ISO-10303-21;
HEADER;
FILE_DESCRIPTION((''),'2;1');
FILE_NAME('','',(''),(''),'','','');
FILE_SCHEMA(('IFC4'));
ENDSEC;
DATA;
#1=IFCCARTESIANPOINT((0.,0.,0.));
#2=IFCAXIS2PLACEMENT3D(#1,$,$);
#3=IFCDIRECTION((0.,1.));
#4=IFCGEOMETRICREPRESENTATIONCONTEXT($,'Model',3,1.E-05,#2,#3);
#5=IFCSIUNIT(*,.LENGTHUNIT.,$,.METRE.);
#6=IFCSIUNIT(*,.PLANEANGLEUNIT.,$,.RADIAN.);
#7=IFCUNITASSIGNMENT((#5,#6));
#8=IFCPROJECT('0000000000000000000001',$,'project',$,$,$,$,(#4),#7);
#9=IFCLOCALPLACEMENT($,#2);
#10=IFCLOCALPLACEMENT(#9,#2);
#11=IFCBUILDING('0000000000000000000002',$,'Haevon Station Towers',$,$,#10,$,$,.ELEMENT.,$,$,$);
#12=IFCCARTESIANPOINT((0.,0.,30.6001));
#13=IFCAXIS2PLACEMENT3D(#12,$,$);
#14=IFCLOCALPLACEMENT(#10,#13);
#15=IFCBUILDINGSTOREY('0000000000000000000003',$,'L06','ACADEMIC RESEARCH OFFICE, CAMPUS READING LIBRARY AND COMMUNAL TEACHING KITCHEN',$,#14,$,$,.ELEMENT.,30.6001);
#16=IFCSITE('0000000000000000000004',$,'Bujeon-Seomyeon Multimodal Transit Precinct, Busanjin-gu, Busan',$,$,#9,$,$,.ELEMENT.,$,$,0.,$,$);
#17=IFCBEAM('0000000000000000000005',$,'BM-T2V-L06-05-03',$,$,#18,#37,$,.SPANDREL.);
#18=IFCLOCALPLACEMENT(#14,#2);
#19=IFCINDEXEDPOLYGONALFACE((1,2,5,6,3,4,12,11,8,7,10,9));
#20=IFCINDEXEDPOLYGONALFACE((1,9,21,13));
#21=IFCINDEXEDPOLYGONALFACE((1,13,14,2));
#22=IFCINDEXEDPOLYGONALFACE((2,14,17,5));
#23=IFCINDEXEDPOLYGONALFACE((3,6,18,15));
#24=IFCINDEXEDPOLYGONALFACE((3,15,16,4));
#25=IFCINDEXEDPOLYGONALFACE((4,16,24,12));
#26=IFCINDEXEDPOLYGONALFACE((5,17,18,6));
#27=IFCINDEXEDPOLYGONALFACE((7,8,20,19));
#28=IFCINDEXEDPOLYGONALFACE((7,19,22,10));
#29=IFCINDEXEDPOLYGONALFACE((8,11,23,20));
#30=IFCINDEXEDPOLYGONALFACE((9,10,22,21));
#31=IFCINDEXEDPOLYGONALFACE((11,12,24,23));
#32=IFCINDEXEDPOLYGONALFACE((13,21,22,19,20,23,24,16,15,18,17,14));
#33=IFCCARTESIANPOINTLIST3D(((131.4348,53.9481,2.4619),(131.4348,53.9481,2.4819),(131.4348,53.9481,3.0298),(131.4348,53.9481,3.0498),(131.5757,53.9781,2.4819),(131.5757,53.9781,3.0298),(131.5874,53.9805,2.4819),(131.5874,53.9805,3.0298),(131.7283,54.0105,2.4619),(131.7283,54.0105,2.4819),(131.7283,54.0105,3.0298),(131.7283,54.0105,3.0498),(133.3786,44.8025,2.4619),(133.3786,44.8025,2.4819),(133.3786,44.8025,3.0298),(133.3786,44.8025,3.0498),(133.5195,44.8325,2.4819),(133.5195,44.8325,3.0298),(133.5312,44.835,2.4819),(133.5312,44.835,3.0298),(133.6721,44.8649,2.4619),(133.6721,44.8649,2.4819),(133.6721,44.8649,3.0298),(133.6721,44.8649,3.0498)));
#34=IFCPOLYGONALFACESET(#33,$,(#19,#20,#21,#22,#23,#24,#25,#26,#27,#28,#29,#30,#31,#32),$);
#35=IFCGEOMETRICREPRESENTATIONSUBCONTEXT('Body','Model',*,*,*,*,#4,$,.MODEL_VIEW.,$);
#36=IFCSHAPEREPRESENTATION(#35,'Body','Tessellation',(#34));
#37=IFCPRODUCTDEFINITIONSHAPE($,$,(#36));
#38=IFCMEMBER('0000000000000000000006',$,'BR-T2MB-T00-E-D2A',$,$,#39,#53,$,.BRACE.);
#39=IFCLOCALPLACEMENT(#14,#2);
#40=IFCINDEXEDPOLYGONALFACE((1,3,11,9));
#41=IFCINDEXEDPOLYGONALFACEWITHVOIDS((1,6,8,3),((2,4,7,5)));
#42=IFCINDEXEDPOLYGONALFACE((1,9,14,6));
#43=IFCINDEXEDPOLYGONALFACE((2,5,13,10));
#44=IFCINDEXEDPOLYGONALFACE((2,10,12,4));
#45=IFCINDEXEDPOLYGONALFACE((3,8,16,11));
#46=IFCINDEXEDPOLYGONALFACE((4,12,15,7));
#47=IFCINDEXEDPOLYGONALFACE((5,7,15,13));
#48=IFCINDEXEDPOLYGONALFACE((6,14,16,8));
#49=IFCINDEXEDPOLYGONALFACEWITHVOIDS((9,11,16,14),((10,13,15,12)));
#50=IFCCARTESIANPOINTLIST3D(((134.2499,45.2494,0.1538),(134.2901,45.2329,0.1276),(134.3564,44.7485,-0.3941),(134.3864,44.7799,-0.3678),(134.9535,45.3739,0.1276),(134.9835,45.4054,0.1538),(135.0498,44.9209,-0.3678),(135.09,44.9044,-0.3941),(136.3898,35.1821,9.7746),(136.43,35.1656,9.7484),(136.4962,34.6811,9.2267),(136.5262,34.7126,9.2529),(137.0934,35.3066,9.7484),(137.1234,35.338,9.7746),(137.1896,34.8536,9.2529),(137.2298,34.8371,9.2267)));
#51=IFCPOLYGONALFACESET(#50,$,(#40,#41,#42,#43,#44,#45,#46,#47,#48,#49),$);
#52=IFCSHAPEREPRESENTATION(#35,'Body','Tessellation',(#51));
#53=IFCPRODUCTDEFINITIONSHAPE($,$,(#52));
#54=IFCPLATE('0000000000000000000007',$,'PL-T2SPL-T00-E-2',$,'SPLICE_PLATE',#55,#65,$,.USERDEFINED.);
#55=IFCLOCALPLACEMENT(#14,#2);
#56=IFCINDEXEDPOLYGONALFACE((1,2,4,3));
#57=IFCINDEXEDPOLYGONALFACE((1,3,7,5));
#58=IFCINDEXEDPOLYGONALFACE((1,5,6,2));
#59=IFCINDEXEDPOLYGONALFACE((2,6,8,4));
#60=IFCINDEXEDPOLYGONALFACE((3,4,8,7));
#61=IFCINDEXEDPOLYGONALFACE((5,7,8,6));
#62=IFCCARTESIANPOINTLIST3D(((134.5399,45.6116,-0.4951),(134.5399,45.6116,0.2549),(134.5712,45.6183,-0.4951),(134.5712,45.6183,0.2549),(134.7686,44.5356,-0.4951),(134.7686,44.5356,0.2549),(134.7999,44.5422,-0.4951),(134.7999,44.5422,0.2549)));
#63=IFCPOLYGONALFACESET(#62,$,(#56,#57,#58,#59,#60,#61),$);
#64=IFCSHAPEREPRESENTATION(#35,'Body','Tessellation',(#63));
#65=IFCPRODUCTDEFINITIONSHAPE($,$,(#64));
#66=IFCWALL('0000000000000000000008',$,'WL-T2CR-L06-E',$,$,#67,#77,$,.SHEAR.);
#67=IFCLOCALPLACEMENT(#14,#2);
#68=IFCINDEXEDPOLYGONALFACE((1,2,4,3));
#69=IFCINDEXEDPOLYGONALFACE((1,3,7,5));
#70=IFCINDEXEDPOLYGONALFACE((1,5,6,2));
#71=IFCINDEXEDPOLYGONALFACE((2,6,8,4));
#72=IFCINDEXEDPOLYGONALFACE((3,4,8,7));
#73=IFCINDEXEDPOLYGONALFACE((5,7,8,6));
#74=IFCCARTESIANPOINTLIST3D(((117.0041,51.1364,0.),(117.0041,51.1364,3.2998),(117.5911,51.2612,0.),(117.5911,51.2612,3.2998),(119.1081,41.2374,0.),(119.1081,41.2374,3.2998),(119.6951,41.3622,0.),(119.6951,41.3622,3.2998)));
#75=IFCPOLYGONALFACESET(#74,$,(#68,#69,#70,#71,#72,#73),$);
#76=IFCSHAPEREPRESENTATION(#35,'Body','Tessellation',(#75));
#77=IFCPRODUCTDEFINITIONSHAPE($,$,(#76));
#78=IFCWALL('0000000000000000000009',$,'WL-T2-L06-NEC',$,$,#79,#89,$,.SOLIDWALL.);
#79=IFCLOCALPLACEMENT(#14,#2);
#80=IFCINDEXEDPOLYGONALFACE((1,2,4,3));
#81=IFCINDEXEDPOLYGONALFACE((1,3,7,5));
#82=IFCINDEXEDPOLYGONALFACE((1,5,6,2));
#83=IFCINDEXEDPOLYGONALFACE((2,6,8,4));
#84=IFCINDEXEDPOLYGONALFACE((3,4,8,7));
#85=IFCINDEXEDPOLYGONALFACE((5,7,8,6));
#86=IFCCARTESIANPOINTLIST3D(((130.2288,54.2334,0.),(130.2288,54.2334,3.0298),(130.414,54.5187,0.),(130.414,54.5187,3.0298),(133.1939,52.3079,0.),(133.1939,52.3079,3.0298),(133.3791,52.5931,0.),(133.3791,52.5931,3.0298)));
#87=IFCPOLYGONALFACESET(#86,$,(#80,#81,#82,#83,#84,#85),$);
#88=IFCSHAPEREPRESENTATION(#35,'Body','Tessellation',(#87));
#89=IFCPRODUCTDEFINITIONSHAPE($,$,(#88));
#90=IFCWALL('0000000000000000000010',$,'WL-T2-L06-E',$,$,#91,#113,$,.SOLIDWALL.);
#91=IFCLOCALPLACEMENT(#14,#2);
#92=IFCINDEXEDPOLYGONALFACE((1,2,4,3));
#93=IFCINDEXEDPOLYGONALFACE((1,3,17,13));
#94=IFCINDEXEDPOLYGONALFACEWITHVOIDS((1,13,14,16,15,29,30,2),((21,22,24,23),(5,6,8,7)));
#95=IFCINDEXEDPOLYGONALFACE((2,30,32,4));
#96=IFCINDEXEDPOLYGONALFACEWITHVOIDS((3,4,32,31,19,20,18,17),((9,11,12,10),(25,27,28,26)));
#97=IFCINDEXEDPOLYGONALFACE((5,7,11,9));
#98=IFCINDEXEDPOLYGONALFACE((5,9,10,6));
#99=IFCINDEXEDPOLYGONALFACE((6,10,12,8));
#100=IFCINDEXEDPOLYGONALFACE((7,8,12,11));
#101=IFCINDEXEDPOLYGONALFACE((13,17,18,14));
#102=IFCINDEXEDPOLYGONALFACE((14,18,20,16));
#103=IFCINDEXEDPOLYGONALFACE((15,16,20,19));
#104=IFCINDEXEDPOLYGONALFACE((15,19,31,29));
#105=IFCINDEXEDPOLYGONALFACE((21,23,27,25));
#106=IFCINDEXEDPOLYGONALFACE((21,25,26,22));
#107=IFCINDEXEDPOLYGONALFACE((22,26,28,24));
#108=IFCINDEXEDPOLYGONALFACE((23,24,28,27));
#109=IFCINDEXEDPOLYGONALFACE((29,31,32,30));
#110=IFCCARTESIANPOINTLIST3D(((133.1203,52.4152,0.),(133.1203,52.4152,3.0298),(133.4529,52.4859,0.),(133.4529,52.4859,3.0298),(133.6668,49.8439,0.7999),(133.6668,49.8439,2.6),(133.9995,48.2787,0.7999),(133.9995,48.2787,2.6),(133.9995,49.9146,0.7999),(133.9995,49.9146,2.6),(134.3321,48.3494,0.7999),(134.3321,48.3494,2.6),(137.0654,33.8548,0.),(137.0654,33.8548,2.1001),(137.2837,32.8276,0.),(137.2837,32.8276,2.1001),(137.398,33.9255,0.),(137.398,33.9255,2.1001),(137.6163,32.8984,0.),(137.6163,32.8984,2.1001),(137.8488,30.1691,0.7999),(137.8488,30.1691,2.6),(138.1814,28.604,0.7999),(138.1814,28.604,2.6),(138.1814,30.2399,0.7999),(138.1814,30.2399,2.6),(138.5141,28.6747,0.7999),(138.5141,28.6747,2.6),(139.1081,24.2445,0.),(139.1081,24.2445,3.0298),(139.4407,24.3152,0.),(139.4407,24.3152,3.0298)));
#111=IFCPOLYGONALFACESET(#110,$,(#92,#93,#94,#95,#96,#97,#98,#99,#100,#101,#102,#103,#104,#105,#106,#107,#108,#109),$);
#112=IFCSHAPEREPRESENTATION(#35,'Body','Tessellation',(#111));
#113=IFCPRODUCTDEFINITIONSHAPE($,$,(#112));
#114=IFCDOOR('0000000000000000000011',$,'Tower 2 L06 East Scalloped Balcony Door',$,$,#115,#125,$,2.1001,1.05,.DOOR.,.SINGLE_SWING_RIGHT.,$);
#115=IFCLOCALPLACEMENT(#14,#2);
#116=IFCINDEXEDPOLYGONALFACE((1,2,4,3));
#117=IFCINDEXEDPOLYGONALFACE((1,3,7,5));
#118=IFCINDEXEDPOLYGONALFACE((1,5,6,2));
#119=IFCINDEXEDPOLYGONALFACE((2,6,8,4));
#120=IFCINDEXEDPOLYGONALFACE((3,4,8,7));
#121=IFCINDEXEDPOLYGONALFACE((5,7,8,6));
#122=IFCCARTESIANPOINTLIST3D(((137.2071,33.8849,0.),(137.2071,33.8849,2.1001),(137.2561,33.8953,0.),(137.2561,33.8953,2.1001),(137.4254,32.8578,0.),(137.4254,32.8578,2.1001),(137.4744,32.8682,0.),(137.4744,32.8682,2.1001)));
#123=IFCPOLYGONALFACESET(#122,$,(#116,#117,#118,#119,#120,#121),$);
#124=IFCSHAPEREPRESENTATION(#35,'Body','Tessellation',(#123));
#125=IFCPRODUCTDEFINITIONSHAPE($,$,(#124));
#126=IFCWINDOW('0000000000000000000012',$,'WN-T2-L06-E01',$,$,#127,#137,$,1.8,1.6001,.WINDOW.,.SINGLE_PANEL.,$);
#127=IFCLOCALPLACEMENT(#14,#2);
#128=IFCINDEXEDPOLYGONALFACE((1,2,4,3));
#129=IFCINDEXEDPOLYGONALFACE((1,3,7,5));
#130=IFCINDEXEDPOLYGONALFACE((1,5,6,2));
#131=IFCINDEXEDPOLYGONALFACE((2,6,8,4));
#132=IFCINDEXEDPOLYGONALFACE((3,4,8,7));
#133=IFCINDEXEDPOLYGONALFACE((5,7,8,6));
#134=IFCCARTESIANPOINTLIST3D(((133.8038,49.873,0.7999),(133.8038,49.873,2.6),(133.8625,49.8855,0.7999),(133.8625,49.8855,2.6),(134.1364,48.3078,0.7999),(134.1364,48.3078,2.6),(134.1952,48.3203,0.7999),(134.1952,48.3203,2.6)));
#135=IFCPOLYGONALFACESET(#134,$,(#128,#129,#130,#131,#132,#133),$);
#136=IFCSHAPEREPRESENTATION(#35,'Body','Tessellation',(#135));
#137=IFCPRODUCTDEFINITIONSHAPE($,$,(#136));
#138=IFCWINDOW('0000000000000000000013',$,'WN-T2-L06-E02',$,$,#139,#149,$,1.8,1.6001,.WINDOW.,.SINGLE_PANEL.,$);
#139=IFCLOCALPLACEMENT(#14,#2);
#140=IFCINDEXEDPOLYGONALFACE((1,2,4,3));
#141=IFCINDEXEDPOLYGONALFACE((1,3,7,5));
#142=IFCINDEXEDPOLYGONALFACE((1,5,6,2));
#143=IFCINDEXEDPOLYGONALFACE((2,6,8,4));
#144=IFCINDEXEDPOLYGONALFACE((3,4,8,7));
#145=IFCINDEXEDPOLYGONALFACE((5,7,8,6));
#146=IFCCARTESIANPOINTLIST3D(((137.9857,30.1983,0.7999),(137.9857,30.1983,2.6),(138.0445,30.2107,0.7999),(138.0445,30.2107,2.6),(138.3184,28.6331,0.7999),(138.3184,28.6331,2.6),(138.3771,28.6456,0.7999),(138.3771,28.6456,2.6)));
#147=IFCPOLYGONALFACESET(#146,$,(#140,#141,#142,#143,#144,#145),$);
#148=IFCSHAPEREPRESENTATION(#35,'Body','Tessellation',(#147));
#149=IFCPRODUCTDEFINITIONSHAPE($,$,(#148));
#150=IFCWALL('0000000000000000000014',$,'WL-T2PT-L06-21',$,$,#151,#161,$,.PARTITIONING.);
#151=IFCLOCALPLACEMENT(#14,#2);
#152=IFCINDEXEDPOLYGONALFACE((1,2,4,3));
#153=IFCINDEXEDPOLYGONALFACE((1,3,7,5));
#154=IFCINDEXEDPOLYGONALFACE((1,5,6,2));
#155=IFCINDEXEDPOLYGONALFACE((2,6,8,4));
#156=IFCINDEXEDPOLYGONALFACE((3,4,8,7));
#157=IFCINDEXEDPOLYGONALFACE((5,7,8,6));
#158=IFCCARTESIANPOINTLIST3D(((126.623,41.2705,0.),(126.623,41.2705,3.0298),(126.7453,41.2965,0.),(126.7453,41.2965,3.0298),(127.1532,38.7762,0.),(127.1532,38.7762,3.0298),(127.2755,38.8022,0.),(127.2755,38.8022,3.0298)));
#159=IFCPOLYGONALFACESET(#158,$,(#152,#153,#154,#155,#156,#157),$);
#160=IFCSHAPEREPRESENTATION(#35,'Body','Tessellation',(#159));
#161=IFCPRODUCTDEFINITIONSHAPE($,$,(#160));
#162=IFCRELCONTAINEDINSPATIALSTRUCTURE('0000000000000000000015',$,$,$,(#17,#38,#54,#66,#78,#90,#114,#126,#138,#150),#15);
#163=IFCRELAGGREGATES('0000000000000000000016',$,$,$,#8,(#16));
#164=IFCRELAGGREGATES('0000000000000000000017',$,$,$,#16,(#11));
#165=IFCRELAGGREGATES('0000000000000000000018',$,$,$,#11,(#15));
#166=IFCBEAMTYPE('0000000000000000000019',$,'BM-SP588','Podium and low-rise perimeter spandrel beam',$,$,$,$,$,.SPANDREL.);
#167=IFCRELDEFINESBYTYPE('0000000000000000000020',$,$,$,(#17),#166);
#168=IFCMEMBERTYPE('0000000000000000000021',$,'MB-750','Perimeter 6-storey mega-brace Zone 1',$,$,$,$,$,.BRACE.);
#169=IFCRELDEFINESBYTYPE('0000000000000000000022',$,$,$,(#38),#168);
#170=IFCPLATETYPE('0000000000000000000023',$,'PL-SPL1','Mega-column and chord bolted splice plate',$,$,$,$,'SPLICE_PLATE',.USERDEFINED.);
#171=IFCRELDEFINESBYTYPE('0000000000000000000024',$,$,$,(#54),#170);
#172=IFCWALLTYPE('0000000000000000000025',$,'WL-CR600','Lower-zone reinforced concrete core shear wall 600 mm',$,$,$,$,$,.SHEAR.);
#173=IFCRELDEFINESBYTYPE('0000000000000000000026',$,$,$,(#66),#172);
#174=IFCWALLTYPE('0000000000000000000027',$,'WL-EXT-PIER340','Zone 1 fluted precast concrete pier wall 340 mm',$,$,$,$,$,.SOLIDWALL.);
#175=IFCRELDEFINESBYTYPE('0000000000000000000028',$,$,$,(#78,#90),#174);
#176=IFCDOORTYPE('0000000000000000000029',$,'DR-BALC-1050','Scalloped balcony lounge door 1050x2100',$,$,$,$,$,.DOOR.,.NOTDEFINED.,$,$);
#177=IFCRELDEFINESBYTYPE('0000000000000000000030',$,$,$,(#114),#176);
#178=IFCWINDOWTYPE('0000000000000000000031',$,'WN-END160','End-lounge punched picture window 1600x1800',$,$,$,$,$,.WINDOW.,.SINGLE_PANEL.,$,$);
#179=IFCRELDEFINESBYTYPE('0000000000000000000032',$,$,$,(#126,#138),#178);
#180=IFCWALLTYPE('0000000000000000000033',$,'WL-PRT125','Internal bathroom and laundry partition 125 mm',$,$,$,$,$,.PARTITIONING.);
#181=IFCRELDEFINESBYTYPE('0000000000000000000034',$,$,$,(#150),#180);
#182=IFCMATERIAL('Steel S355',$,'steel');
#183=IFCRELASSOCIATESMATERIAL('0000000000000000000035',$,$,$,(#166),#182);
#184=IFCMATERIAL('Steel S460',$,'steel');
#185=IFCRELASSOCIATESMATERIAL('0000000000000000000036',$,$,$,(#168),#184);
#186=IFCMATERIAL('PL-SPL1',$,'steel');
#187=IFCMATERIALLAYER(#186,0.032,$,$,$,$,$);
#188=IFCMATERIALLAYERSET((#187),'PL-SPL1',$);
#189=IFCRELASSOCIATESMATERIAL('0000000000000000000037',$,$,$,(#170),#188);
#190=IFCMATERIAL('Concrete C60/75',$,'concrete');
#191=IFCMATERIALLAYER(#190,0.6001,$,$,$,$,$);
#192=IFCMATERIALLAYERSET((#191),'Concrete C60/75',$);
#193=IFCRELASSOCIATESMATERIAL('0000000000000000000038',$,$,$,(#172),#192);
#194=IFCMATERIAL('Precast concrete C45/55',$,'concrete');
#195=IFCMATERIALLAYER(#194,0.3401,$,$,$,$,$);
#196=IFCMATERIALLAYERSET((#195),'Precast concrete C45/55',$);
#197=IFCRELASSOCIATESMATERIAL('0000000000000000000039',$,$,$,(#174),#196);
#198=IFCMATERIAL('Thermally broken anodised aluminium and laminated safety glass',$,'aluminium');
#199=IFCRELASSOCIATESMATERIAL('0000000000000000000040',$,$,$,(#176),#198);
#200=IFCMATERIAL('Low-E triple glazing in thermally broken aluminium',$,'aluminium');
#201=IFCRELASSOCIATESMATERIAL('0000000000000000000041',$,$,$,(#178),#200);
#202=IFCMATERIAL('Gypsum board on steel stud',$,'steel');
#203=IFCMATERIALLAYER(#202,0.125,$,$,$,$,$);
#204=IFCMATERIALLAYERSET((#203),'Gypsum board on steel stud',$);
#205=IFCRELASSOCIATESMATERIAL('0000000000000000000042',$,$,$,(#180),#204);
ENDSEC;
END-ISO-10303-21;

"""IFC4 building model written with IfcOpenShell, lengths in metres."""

from ifc_helpers import new_model, si_unit, direction, frame, frame_2d, origin, origin_2d, place, context, subcontext, project, spatial, rectangle, hollow_rectangle, i_section, extrude, material, layer, layer_set, material_profile, profile_set, type_object, element, fill, save


model = new_model("IFC4")

# Units and contexts
model_context = context("Model", 3, precision=1e-05, world=origin(), true_north=direction((0.0, 1.0)))
body_context = subcontext(model_context, "Body", "Model", "MODEL_VIEW")
ifc_project = project(units=[si_unit("LENGTHUNIT", "METRE"), si_unit("PLANEANGLEUNIT", "RADIAN")], contexts=[model_context])

# Site, building, storey
site_placement = place(None, origin())
site = spatial("IfcSite", under=ifc_project, at=site_placement, Name="Bujeon-Seomyeon Multimodal Transit Precinct, Busanjin-gu, Busan", CompositionType="ELEMENT", RefElevation=0.0)
building_placement = place(site_placement, origin())
building = spatial("IfcBuilding", under=site, at=building_placement, Name="Haevon Station Towers", CompositionType="ELEMENT")
storey_placement = place(building_placement, frame((0.0, 0.0, 30.6001)))
storey = spatial("IfcBuildingStorey", under=building, at=storey_placement, Name="L06", Description="ACADEMIC RESEARCH OFFICE, CAMPUS READING LIBRARY AND COMMUNAL TEACHING KITCHEN", CompositionType="ELEMENT", Elevation=30.6001)

# Shared definitions
ifc_material_1 = material(Name="Steel S460", Category="steel")

# Beam
ifc_material_2 = material(Name="Steel S355", Category="steel")
ifc_material_profile_1 = material_profile(ifc_material_2, i_section(OverallWidth=0.3, OverallDepth=0.5879, WebThickness=0.012, FlangeThickness=0.02, at=origin_2d()), Name="H-588x300x12x20")
ifc_profile_set_1 = profile_set([ifc_material_profile_1], Name="Steel S355")
beam_type_1 = type_object("IfcBeamType", Name="BM-SP588", Description="Podium and low-rise perimeter spandrel beam", PredefinedType="SPANDREL", material=ifc_profile_set_1)
beam_1_placement = place(storey_placement, frame((133.5254, 44.8337, 2.7559), z_axis=(-0.207902, 0.97815, 0.0), x_axis=(-0.97815, -0.207902, 0.0)))
element("IfcBeam", 1, at=beam_1_placement, inside=storey, type_object=beam_type_1, Name="BM-T2V-L06-05-03", PredefinedType="SPANDREL", context=body_context, shape_type="SweptSolid", body=[
    extrude(i_section(OverallWidth=0.3, OverallDepth=0.5879, WebThickness=0.012, FlangeThickness=0.02, at=origin_2d()), origin(), (0.0, 0.0, 1.0), 9.3499),
])

# Member
ifc_material_profile_2 = material_profile(ifc_material_1, hollow_rectangle(XDim=0.75, YDim=0.75, WallThickness=0.0359, at=origin_2d()), Name="RHS-750x750x36")
ifc_profile_set_2 = profile_set([ifc_material_profile_2], Name="Steel S460")
member_type = type_object("IfcMemberType", Name="MB-750", Description="Perimeter 6-storey mega-brace Zone 1", PredefinedType="BRACE", material=ifc_profile_set_2)
member_placement = place(storey_placement, frame((134.6699, 45.0769, -0.1201), z_axis=(0.151887, -0.71457, 0.682876), x_axis=(0.978148, 0.207912, 0.0)))
element("IfcMember", 2, at=member_placement, inside=storey, type_object=member_type, Name="BR-T2MB-T00-E-D2A", PredefinedType="BRACE", context=body_context, shape_type="SweptSolid", body=[
    extrude(hollow_rectangle(XDim=0.75, YDim=0.75, WallThickness=0.0359, at=origin_2d()), origin(), (0.0, 0.0, 1.0), 14.0886),
])

# Plate
ifc_material_3 = material(Name="PL-SPL1", Category="steel")
ifc_layer_1 = layer(ifc_material_3, 0.032)
ifc_layer_set_1 = layer_set([ifc_layer_1], Name="PL-SPL1")
plate_type = type_object("IfcPlateType", Name="PL-SPL1", Description="Mega-column and chord bolted splice plate", ElementType="SPLICE_PLATE", PredefinedType="USERDEFINED", material=ifc_layer_set_1)
plate_placement = place(storey_placement, frame((134.6699, 45.0769, -0.4951), z_axis=(0.0, 0.0, 1.0), x_axis=(-0.207912, 0.978148, 0.0)))
element("IfcPlate", 3, at=plate_placement, inside=storey, type_object=plate_type, Name="PL-T2SPL-T00-E-2", ObjectType="SPLICE_PLATE", PredefinedType="USERDEFINED", context=body_context, shape_type="SweptSolid", body=[
    extrude(rectangle(XDim=1.1001, YDim=0.032, at=origin_2d()), origin(), (0.0, 0.0, 1.0), 0.75),
])

# Walls
ifc_material_4 = material(Name="Concrete C60/75", Category="concrete")
ifc_layer_2 = layer(ifc_material_4, 0.6001)
ifc_layer_set_2 = layer_set([ifc_layer_2], Name="Concrete C60/75")
wall_type_1 = type_object("IfcWallType", Name="WL-CR600", Description="Lower-zone reinforced concrete core shear wall 600 mm", PredefinedType="SHEAR", material=ifc_layer_set_2)
wall_1_placement = place(storey_placement, frame((119.4016, 41.2998, 0.0), z_axis=(0.0, 0.0, 1.0), x_axis=(-0.207904, 0.978149, 0.0)))
element("IfcWall", 4, at=wall_1_placement, inside=storey, type_object=wall_type_1, Name="WL-T2CR-L06-E", PredefinedType="SHEAR", context=body_context, shape_type="SweptSolid", body=[
    extrude(rectangle(XDim=10.1201, YDim=0.6001, at=frame_2d((5.0601, 0.0))), origin(), (0.0, 0.0, 1.0), 3.2998),
])
ifc_material_5 = material(Name="Precast concrete C45/55", Category="concrete")
ifc_layer_3 = layer(ifc_material_5, 0.3401)
ifc_layer_set_3 = layer_set([ifc_layer_3], Name="Precast concrete C45/55")
wall_type_2 = type_object("IfcWallType", Name="WL-EXT-PIER340", Description="Zone 1 fluted precast concrete pier wall 340 mm", PredefinedType="SOLIDWALL", material=ifc_layer_set_3)
wall_2_placement = place(storey_placement, frame((130.3215, 54.376, 0.0), z_axis=(0.0, 0.0, 1.0), x_axis=(0.838672, -0.544636, 0.0)))
element("IfcWall", 5, at=wall_2_placement, inside=storey, type_object=wall_type_2, Name="WL-T2-L06-NEC", PredefinedType="SOLIDWALL", context=body_context, shape_type="SweptSolid", body=[
    extrude(rectangle(XDim=3.5354, YDim=0.3401, at=frame_2d((1.7676, 0.0))), origin(), (0.0, 0.0, 1.0), 3.0298),
])

# Wall, openings, door, windows
wall_3_placement = place(storey_placement, frame((133.2866, 52.4504, 0.0), z_axis=(0.0, 0.0, 1.0), x_axis=(0.20791, -0.978148, 0.0)))
wall_3 = element("IfcWall", 6, at=wall_3_placement, inside=storey, type_object=wall_type_2, Name="WL-T2-L06-E", PredefinedType="SOLIDWALL", context=body_context, shape_type="SweptSolid", body=[
    extrude(rectangle(XDim=28.8, YDim=0.3401, at=frame_2d((14.3999, 0.0))), origin(), (0.0, 0.0, 1.0), 3.0298),
])
opening_1_placement = place(wall_3_placement, frame((18.9751, 0.0, 0.0)))
opening_1 = element("IfcOpeningElement", 7, at=opening_1_placement, cuts=wall_3, PredefinedType="OPENING", context=body_context, shape_type="SweptSolid", body=[
    extrude(rectangle(XDim=1.05, YDim=2.1001, at=frame_2d((0.5249, 1.05))), frame((0.0, 0.1799, 0.0), z_axis=(0.0, -1.0, 0.0), x_axis=(1.0, 0.0, 0.0)), (0.0, 0.0, 1.0), 0.3601),
])
opening_2_placement = place(wall_3_placement, frame((2.6287, 0.0, 0.8)))
opening_2 = element("IfcOpeningElement", 8, at=opening_2_placement, cuts=wall_3, PredefinedType="OPENING", context=body_context, shape_type="SweptSolid", body=[
    extrude(rectangle(XDim=1.6001, YDim=1.8, at=frame_2d((0.8, 0.8999))), frame((0.0, 0.1799, 0.0), z_axis=(0.0, -1.0, 0.0), x_axis=(1.0, 0.0, 0.0)), (0.0, 0.0, 1.0), 0.3601),
])
opening_3_placement = place(wall_3_placement, frame((22.7429, 0.0, 0.8)))
opening_3 = element("IfcOpeningElement", 9, at=opening_3_placement, cuts=wall_3, PredefinedType="OPENING", context=body_context, shape_type="SweptSolid", body=[
    extrude(rectangle(XDim=1.6001, YDim=1.8, at=frame_2d((0.8, 0.8999))), frame((0.0, 0.1799, 0.0), z_axis=(0.0, -1.0, 0.0), x_axis=(1.0, 0.0, 0.0)), (0.0, 0.0, 1.0), 0.3601),
])
ifc_material_6 = material(Name="Thermally broken anodised aluminium and laminated safety glass", Category="aluminium")
door_type = type_object("IfcDoorType", Name="DR-BALC-1050", Description="Scalloped balcony lounge door 1050x2100", OperationType="NOTDEFINED", PredefinedType="DOOR", material=ifc_material_6)
door_placement = place(opening_1_placement, origin())
door = element("IfcDoor", 10, at=door_placement, inside=storey, type_object=door_type, Name="Tower 2 L06 East Scalloped Balcony Door", OperationType="SINGLE_SWING_RIGHT", OverallHeight=2.1001, OverallWidth=1.05, PredefinedType="DOOR", context=body_context, shape_type="SweptSolid", body=[
    extrude(rectangle(XDim=1.05, YDim=2.1001, at=frame_2d((0.5249, 1.05))), frame((0.0, 0.0249, 0.0), z_axis=(0.0, -1.0, 0.0), x_axis=(1.0, 0.0, 0.0)), (0.0, 0.0, 1.0), 0.05),
])
fill(opening_1, door)
ifc_material_7 = material(Name="Low-E triple glazing in thermally broken aluminium", Category="aluminium")
window_type = type_object("IfcWindowType", Name="WN-END160", Description="End-lounge punched picture window 1600x1800", PartitioningType="SINGLE_PANEL", PredefinedType="WINDOW", material=ifc_material_7)
window_1_placement = place(opening_2_placement, origin())
window_1 = element("IfcWindow", 11, at=window_1_placement, inside=storey, type_object=window_type, Name="WN-T2-L06-E01", OverallHeight=1.8, OverallWidth=1.6001, PartitioningType="SINGLE_PANEL", PredefinedType="WINDOW", context=body_context, shape_type="SweptSolid", body=[
    extrude(rectangle(XDim=1.6001, YDim=1.8, at=frame_2d((0.8, 0.8999))), frame((0.0, 0.03, 0.0), z_axis=(0.0, -1.0, 0.0), x_axis=(1.0, 0.0, 0.0)), (0.0, 0.0, 1.0), 0.0601),
])
fill(opening_2, window_1)
window_2_placement = place(opening_3_placement, origin())
window_2 = element("IfcWindow", 12, at=window_2_placement, inside=storey, type_object=window_type, Name="WN-T2-L06-E02", OverallHeight=1.8, OverallWidth=1.6001, PartitioningType="SINGLE_PANEL", PredefinedType="WINDOW", context=body_context, shape_type="SweptSolid", body=[
    extrude(rectangle(XDim=1.6001, YDim=1.8, at=frame_2d((0.8, 0.8999))), frame((0.0, 0.03, 0.0), z_axis=(0.0, -1.0, 0.0), x_axis=(1.0, 0.0, 0.0)), (0.0, 0.0, 1.0), 0.0601),
])
fill(opening_3, window_2)

# Wall
ifc_material_8 = material(Name="Gypsum board on steel stud", Category="steel")
ifc_layer_4 = layer(ifc_material_8, 0.125)
ifc_layer_set_4 = layer_set([ifc_layer_4], Name="Gypsum board on steel stud")
wall_type_3 = type_object("IfcWallType", Name="WL-PRT125", Description="Internal bathroom and laundry partition 125 mm", PredefinedType="PARTITIONING", material=ifc_layer_set_4)
wall_4_placement = place(storey_placement, frame((127.2144, 38.7893, 0.0), z_axis=(0.0, 0.0, 1.0), x_axis=(-0.20794, 0.978142, 0.0)))
element("IfcWall", 13, at=wall_4_placement, inside=storey, type_object=wall_type_3, Name="WL-T2PT-L06-21", PredefinedType="PARTITIONING", context=body_context, shape_type="SweptSolid", body=[
    extrude(rectangle(XDim=2.55, YDim=0.125, at=frame_2d((1.2749, 0.0))), origin(), (0.0, 0.0, 1.0), 3.0298),
])

save(model, "model.ifc")
